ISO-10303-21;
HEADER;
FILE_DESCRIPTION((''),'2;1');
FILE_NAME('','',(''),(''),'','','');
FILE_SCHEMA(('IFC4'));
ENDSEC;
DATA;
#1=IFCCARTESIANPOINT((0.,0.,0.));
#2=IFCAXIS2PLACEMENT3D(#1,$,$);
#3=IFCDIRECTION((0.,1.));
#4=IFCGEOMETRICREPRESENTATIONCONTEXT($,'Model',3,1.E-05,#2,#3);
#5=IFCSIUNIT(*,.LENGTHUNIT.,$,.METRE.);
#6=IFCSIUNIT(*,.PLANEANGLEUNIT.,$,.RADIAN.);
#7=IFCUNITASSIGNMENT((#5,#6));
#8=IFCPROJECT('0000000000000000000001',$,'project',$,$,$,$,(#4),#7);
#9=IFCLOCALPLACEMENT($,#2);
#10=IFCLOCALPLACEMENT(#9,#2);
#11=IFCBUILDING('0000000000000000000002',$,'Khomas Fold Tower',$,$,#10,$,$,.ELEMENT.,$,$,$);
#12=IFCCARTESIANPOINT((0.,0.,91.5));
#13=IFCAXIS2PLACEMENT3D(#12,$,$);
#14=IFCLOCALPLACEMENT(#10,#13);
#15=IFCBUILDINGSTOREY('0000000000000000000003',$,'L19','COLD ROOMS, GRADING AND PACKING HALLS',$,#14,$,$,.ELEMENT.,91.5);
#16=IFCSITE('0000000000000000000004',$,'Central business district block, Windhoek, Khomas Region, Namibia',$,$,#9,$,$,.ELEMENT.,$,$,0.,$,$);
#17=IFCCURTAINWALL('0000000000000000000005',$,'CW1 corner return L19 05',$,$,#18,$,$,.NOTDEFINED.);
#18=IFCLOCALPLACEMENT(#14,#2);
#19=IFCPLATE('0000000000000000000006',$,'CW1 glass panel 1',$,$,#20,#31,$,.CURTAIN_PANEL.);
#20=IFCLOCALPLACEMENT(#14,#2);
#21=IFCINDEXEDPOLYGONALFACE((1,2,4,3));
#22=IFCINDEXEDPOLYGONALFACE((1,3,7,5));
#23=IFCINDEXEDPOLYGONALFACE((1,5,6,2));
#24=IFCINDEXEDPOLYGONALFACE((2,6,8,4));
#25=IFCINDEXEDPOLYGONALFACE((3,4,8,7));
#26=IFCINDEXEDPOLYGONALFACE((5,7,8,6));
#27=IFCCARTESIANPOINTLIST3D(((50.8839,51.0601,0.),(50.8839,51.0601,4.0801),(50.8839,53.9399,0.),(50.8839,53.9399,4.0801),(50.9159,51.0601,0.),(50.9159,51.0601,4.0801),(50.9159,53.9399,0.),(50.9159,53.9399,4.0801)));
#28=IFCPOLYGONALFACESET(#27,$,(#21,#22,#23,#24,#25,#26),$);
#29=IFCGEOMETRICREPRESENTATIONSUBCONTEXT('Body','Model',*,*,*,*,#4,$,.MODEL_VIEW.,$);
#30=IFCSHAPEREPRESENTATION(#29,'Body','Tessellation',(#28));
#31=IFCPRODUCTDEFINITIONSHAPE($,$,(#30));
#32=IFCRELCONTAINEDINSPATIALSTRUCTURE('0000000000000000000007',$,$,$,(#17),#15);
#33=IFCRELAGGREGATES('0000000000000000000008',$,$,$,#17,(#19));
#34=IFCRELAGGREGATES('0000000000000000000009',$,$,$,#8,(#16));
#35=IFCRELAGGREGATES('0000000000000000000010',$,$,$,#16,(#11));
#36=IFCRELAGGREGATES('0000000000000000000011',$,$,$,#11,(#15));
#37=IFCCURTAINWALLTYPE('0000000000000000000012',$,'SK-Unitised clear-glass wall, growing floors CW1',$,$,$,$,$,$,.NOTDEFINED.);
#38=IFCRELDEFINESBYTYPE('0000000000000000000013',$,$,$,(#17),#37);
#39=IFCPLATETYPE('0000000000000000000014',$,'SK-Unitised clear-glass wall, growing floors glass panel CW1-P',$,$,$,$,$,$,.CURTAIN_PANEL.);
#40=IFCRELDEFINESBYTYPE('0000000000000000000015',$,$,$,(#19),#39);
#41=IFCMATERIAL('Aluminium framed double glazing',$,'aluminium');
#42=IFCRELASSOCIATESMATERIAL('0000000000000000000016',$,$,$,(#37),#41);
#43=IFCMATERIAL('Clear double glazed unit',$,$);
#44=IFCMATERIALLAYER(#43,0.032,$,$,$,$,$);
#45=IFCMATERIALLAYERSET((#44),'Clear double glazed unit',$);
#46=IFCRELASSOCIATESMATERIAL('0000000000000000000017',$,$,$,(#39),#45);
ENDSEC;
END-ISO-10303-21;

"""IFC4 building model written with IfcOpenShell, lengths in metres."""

from ifc_helpers import new_model, si_unit, direction, frame, origin, origin_2d, place, context, subcontext, project, spatial, rectangle, extrude, source, transform, mapped, material, layer, layer_set, type_object, element, aggregate, save


model = new_model("IFC4")

# Units and contexts
model_context = context("Model", 3, precision=1e-05, world=origin(), true_north=direction((0.0, 1.0)))
body_context = subcontext(model_context, "Body", "Model", "MODEL_VIEW")
ifc_project = project(units=[si_unit("LENGTHUNIT", "METRE"), si_unit("PLANEANGLEUNIT", "RADIAN")], contexts=[model_context])

# Site, building, storey
site_placement = place(None, origin())
site = spatial("IfcSite", under=ifc_project, at=site_placement, Name="Central business district block, Windhoek, Khomas Region, Namibia", CompositionType="ELEMENT", RefElevation=0.0)
building_placement = place(site_placement, origin())
building = spatial("IfcBuilding", under=site, at=building_placement, Name="Khomas Fold Tower", CompositionType="ELEMENT")
storey_placement = place(building_placement, frame((0.0, 0.0, 91.5)))
storey = spatial("IfcBuildingStorey", under=building, at=storey_placement, Name="L19", Description="COLD ROOMS, GRADING AND PACKING HALLS", CompositionType="ELEMENT", Elevation=91.5)

# Shared definitions
ifc_material_1 = material(Name="Aluminium framed double glazing", Category="aluminium")
curtain_wall_type = type_object("IfcCurtainWallType", Name="SK-Unitised clear-glass wall, growing floors CW1", PredefinedType="NOTDEFINED", material=ifc_material_1)

# Curtain wall
curtain_wall_1_placement = place(storey_placement, origin())
curtain_wall_1 = element("IfcCurtainWall", 1, at=curtain_wall_1_placement, inside=storey, type_object=curtain_wall_type, Name="CW1 corner return L19 05", PredefinedType="NOTDEFINED")

# Plate
ifc_material_2 = material(Name="Clear double glazed unit")
ifc_layer = layer(ifc_material_2, 0.032)
ifc_layer_set = layer_set([ifc_layer], Name="Clear double glazed unit")
plate_type = type_object("IfcPlateType", Name="SK-Unitised clear-glass wall, growing floors glass panel CW1-P", PredefinedType="CURTAIN_PANEL", material=ifc_layer_set)
shared_shape_1 = source(origin(), body_context, "Body", "SweptSolid", [
    extrude(rectangle(XDim=2.8799, YDim=0.032, at=origin_2d()), origin(), (0.0, 0.0, 1.0), 4.0801),
])
plate_1_placement = place(storey_placement, frame((50.8999, 52.5, 0.0), z_axis=(0.0, 0.0, 1.0), x_axis=(0.0, 1.0, 0.0)))
plate_1 = element("IfcPlate", 2, at=plate_1_placement, type_object=plate_type, Name="CW1 glass panel 1", PredefinedType="CURTAIN_PANEL", context=body_context, shape_type="MappedRepresentation", body=[
    mapped(shared_shape_1, transform((0.0, 0.0, 0.0))),
])
aggregate(curtain_wall_1, [plate_1])

save(model, "model.ifc")
